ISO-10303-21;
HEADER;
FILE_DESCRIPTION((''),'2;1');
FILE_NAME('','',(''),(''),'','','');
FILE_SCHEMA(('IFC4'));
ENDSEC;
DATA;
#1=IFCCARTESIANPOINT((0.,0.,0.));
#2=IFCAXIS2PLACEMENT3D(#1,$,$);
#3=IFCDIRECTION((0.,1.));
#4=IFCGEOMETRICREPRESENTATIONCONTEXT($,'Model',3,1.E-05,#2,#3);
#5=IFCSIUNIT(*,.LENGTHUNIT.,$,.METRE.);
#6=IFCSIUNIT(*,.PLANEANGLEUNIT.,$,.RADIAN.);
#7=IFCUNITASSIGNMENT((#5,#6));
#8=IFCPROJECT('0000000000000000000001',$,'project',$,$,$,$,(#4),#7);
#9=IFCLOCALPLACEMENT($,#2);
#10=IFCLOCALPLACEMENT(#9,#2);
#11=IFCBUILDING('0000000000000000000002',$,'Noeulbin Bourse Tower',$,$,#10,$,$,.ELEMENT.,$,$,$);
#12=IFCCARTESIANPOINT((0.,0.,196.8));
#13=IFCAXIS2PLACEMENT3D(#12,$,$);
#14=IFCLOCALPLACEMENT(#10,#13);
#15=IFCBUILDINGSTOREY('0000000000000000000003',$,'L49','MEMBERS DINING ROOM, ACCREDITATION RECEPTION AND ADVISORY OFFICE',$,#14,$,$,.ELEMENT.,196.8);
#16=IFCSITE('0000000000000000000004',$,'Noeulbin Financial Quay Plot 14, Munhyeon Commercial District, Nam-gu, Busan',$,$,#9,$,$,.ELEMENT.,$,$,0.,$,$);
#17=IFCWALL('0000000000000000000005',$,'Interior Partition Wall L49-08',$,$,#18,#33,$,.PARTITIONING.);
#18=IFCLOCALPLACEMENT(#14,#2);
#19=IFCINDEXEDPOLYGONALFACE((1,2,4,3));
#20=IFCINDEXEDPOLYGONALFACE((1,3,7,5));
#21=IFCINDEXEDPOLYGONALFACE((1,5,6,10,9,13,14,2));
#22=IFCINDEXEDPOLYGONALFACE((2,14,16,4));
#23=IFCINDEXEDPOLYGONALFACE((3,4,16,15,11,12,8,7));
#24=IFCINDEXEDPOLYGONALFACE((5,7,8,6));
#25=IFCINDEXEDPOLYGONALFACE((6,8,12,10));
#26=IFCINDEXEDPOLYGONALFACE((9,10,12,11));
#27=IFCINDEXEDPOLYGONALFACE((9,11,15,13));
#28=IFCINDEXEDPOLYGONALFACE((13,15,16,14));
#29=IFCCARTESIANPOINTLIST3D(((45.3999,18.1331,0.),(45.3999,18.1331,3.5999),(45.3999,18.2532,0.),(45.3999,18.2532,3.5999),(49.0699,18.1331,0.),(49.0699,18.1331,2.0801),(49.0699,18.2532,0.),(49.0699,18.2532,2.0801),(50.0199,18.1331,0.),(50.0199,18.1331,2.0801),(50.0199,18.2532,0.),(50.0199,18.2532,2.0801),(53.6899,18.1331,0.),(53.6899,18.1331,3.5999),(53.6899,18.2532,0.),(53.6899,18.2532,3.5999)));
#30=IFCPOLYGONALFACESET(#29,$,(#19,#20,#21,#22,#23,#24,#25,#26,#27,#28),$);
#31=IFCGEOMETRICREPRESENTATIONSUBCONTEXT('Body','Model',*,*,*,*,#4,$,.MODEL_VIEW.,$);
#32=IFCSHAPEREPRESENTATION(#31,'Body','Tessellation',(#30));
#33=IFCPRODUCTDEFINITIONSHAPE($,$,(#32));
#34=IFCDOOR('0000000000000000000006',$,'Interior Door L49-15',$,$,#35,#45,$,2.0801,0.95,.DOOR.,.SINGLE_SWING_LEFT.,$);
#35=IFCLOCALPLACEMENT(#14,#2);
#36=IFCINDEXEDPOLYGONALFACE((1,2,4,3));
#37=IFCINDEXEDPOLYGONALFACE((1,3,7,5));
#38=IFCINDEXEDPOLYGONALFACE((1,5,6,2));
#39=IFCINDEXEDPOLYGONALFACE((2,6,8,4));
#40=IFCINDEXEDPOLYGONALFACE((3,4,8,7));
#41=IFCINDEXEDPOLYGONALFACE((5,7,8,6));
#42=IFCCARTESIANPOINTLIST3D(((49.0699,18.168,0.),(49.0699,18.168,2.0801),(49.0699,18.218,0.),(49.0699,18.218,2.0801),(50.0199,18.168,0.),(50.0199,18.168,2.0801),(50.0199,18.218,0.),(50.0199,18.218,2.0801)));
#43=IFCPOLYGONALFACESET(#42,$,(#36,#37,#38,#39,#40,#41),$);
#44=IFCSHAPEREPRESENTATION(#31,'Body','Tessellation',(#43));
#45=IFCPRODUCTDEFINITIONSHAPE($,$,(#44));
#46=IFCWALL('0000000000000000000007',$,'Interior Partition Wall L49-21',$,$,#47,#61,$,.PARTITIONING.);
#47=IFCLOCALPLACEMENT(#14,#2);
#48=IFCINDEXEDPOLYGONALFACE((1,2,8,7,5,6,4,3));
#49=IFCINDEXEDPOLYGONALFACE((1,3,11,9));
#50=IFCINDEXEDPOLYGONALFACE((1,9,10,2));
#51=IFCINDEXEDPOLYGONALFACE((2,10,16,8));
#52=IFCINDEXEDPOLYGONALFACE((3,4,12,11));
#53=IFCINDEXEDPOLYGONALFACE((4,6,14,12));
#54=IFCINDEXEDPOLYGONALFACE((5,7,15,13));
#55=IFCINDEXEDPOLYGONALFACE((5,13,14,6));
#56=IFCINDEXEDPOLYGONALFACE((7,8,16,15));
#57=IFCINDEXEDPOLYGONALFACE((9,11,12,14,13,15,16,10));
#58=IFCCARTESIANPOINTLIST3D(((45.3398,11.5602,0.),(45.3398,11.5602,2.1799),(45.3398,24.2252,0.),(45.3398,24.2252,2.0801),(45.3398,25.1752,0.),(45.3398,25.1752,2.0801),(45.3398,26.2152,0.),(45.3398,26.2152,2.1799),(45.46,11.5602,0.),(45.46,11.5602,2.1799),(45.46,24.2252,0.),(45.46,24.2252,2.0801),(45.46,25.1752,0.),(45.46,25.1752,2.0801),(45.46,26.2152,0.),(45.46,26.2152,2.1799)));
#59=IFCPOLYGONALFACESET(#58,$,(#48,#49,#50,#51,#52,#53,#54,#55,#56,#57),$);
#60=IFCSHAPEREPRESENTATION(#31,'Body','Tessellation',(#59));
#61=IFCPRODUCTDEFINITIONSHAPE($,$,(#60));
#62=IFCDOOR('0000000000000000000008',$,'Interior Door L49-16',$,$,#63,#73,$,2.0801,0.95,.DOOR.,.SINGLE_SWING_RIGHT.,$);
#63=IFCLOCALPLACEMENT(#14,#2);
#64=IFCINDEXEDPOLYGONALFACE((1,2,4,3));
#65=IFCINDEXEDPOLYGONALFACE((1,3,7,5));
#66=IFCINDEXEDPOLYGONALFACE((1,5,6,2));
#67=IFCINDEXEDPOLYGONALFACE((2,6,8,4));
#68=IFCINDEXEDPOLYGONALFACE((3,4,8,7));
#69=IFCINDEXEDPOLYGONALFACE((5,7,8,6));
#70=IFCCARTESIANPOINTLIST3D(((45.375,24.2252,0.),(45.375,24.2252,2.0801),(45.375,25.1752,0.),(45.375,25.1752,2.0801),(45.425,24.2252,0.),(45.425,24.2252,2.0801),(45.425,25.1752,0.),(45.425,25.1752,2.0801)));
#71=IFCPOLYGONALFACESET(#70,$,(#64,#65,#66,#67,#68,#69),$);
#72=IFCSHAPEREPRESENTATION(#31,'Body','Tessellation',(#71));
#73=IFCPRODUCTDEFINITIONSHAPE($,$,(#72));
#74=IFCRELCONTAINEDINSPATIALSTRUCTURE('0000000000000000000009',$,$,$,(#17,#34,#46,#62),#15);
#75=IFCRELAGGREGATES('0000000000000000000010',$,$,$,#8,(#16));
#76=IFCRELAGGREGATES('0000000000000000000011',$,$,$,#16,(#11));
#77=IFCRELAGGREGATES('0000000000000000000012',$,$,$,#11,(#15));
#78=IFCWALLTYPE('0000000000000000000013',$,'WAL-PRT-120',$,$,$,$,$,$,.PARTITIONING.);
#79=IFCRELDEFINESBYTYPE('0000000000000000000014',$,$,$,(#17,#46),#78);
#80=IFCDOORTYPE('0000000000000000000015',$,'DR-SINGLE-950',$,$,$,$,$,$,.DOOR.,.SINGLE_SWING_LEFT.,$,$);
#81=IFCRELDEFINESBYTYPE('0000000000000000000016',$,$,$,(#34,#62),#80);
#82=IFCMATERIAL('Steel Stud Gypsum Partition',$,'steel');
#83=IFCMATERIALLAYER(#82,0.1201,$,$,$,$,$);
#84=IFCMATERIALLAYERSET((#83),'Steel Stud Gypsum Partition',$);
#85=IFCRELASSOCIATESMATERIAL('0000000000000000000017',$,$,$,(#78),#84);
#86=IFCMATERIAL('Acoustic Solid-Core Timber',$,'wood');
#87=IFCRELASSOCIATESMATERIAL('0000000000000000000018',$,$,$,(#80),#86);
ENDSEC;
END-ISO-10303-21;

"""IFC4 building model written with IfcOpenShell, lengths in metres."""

from ifc_helpers import new_model, si_unit, direction, frame, frame_2d, origin, place, context, subcontext, project, spatial, rectangle, extrude, material, layer, layer_set, type_object, element, fill, save


model = new_model("IFC4")

# Units and contexts
model_context = context("Model", 3, precision=1e-05, world=origin(), true_north=direction((0.0, 1.0)))
body_context = subcontext(model_context, "Body", "Model", "MODEL_VIEW")
ifc_project = project(units=[si_unit("LENGTHUNIT", "METRE"), si_unit("PLANEANGLEUNIT", "RADIAN")], contexts=[model_context])

# Site, building, storey
site_placement = place(None, origin())
site = spatial("IfcSite", under=ifc_project, at=site_placement, Name="Noeulbin Financial Quay Plot 14, Munhyeon Commercial District, Nam-gu, Busan", CompositionType="ELEMENT", RefElevation=0.0)
building_placement = place(site_placement, origin())
building = spatial("IfcBuilding", under=site, at=building_placement, Name="Noeulbin Bourse Tower", CompositionType="ELEMENT")
storey_placement = place(building_placement, frame((0.0, 0.0, 196.8)))
storey = spatial("IfcBuildingStorey", under=building, at=storey_placement, Name="L49", Description="MEMBERS DINING ROOM, ACCREDITATION RECEPTION AND ADVISORY OFFICE", CompositionType="ELEMENT", Elevation=196.8)

# Walls, openings, doors
ifc_material_1 = material(Name="Steel Stud Gypsum Partition", Category="steel")
ifc_layer_1 = layer(ifc_material_1, 0.1201)
ifc_layer_set_1 = layer_set([ifc_layer_1], Name="Steel Stud Gypsum Partition")
wall_type_1 = type_object("IfcWallType", Name="WAL-PRT-120", PredefinedType="PARTITIONING", material=ifc_layer_set_1)
wall_1_placement = place(storey_placement, frame((45.3999, 18.1931, 0.0), z_axis=(0.0, 0.0, 1.0), x_axis=(1.0, 0.0, 0.0)))
wall_1 = element("IfcWall", 1, at=wall_1_placement, inside=storey, type_object=wall_type_1, Name="Interior Partition Wall L49-08", PredefinedType="PARTITIONING", context=body_context, shape_type="SweptSolid", body=[
    extrude(rectangle(XDim=8.29, YDim=0.1201, at=frame_2d((4.145, 0.0))), origin(), (0.0, 0.0, 1.0), 3.5999),
])
opening_1_placement = place(wall_1_placement, frame((3.6699, 0.0, 0.0)))
opening_1 = element("IfcOpeningElement", 2, at=opening_1_placement, cuts=wall_1, PredefinedType="OPENING", context=body_context, shape_type="SweptSolid", body=[
    extrude(rectangle(XDim=0.95, YDim=2.0801, at=frame_2d((0.4751, 1.04))), frame((0.0, 0.0701, 0.0), z_axis=(0.0, -1.0, 0.0), x_axis=(1.0, 0.0, 0.0)), (0.0, 0.0, 1.0), 0.1401),
])
ifc_material_2 = material(Name="Acoustic Solid-Core Timber", Category="wood")
door_type = type_object("IfcDoorType", Name="DR-SINGLE-950", OperationType="SINGLE_SWING_LEFT", PredefinedType="DOOR", material=ifc_material_2)
door_1_placement = place(opening_1_placement, origin())
door_1 = element("IfcDoor", 3, at=door_1_placement, inside=storey, type_object=door_type, Name="Interior Door L49-15", OperationType="SINGLE_SWING_LEFT", OverallHeight=2.0801, OverallWidth=0.95, PredefinedType="DOOR", context=body_context, shape_type="SweptSolid", body=[
    extrude(rectangle(XDim=0.95, YDim=2.0801, at=frame_2d((0.4751, 1.04))), frame((0.0, 0.0249, 0.0), z_axis=(0.0, -1.0, 0.0), x_axis=(1.0, 0.0, 0.0)), (0.0, 0.0, 1.0), 0.05),
])
fill(opening_1, door_1)
wall_2_placement = place(storey_placement, frame((45.3999, 11.5601, 0.0), z_axis=(0.0, 0.0, 1.0), x_axis=(0.0, 1.0, 0.0)))
wall_2 = element("IfcWall", 4, at=wall_2_placement, inside=storey, type_object=wall_type_1, Name="Interior Partition Wall L49-21", PredefinedType="PARTITIONING", context=body_context, shape_type="SweptSolid", body=[
    extrude(rectangle(XDim=14.655, YDim=0.1201, at=frame_2d((7.3276, 0.0))), origin(), (0.0, 0.0, 1.0), 2.1799),
])
opening_2_placement = place(wall_2_placement, frame((12.665, 0.0, 0.0)))
opening_2 = element("IfcOpeningElement", 5, at=opening_2_placement, cuts=wall_2, PredefinedType="OPENING", context=body_context, shape_type="SweptSolid", body=[
    extrude(rectangle(XDim=0.95, YDim=2.0801, at=frame_2d((0.4751, 1.04))), frame((0.0, 0.0701, 0.0), z_axis=(0.0, -1.0, 0.0), x_axis=(1.0, 0.0, 0.0)), (0.0, 0.0, 1.0), 0.1401),
])
door_2_placement = place(opening_2_placement, origin())
door_2 = element("IfcDoor", 6, at=door_2_placement, inside=storey, type_object=door_type, Name="Interior Door L49-16", OperationType="SINGLE_SWING_RIGHT", OverallHeight=2.0801, OverallWidth=0.95, PredefinedType="DOOR", context=body_context, shape_type="SweptSolid", body=[
    extrude(rectangle(XDim=0.95, YDim=2.0801, at=frame_2d((0.4751, 1.04))), frame((0.0, 0.0249, 0.0), z_axis=(0.0, -1.0, 0.0), x_axis=(1.0, 0.0, 0.0)), (0.0, 0.0, 1.0), 0.05),
])
fill(opening_2, door_2)

save(model, "model.ifc")
